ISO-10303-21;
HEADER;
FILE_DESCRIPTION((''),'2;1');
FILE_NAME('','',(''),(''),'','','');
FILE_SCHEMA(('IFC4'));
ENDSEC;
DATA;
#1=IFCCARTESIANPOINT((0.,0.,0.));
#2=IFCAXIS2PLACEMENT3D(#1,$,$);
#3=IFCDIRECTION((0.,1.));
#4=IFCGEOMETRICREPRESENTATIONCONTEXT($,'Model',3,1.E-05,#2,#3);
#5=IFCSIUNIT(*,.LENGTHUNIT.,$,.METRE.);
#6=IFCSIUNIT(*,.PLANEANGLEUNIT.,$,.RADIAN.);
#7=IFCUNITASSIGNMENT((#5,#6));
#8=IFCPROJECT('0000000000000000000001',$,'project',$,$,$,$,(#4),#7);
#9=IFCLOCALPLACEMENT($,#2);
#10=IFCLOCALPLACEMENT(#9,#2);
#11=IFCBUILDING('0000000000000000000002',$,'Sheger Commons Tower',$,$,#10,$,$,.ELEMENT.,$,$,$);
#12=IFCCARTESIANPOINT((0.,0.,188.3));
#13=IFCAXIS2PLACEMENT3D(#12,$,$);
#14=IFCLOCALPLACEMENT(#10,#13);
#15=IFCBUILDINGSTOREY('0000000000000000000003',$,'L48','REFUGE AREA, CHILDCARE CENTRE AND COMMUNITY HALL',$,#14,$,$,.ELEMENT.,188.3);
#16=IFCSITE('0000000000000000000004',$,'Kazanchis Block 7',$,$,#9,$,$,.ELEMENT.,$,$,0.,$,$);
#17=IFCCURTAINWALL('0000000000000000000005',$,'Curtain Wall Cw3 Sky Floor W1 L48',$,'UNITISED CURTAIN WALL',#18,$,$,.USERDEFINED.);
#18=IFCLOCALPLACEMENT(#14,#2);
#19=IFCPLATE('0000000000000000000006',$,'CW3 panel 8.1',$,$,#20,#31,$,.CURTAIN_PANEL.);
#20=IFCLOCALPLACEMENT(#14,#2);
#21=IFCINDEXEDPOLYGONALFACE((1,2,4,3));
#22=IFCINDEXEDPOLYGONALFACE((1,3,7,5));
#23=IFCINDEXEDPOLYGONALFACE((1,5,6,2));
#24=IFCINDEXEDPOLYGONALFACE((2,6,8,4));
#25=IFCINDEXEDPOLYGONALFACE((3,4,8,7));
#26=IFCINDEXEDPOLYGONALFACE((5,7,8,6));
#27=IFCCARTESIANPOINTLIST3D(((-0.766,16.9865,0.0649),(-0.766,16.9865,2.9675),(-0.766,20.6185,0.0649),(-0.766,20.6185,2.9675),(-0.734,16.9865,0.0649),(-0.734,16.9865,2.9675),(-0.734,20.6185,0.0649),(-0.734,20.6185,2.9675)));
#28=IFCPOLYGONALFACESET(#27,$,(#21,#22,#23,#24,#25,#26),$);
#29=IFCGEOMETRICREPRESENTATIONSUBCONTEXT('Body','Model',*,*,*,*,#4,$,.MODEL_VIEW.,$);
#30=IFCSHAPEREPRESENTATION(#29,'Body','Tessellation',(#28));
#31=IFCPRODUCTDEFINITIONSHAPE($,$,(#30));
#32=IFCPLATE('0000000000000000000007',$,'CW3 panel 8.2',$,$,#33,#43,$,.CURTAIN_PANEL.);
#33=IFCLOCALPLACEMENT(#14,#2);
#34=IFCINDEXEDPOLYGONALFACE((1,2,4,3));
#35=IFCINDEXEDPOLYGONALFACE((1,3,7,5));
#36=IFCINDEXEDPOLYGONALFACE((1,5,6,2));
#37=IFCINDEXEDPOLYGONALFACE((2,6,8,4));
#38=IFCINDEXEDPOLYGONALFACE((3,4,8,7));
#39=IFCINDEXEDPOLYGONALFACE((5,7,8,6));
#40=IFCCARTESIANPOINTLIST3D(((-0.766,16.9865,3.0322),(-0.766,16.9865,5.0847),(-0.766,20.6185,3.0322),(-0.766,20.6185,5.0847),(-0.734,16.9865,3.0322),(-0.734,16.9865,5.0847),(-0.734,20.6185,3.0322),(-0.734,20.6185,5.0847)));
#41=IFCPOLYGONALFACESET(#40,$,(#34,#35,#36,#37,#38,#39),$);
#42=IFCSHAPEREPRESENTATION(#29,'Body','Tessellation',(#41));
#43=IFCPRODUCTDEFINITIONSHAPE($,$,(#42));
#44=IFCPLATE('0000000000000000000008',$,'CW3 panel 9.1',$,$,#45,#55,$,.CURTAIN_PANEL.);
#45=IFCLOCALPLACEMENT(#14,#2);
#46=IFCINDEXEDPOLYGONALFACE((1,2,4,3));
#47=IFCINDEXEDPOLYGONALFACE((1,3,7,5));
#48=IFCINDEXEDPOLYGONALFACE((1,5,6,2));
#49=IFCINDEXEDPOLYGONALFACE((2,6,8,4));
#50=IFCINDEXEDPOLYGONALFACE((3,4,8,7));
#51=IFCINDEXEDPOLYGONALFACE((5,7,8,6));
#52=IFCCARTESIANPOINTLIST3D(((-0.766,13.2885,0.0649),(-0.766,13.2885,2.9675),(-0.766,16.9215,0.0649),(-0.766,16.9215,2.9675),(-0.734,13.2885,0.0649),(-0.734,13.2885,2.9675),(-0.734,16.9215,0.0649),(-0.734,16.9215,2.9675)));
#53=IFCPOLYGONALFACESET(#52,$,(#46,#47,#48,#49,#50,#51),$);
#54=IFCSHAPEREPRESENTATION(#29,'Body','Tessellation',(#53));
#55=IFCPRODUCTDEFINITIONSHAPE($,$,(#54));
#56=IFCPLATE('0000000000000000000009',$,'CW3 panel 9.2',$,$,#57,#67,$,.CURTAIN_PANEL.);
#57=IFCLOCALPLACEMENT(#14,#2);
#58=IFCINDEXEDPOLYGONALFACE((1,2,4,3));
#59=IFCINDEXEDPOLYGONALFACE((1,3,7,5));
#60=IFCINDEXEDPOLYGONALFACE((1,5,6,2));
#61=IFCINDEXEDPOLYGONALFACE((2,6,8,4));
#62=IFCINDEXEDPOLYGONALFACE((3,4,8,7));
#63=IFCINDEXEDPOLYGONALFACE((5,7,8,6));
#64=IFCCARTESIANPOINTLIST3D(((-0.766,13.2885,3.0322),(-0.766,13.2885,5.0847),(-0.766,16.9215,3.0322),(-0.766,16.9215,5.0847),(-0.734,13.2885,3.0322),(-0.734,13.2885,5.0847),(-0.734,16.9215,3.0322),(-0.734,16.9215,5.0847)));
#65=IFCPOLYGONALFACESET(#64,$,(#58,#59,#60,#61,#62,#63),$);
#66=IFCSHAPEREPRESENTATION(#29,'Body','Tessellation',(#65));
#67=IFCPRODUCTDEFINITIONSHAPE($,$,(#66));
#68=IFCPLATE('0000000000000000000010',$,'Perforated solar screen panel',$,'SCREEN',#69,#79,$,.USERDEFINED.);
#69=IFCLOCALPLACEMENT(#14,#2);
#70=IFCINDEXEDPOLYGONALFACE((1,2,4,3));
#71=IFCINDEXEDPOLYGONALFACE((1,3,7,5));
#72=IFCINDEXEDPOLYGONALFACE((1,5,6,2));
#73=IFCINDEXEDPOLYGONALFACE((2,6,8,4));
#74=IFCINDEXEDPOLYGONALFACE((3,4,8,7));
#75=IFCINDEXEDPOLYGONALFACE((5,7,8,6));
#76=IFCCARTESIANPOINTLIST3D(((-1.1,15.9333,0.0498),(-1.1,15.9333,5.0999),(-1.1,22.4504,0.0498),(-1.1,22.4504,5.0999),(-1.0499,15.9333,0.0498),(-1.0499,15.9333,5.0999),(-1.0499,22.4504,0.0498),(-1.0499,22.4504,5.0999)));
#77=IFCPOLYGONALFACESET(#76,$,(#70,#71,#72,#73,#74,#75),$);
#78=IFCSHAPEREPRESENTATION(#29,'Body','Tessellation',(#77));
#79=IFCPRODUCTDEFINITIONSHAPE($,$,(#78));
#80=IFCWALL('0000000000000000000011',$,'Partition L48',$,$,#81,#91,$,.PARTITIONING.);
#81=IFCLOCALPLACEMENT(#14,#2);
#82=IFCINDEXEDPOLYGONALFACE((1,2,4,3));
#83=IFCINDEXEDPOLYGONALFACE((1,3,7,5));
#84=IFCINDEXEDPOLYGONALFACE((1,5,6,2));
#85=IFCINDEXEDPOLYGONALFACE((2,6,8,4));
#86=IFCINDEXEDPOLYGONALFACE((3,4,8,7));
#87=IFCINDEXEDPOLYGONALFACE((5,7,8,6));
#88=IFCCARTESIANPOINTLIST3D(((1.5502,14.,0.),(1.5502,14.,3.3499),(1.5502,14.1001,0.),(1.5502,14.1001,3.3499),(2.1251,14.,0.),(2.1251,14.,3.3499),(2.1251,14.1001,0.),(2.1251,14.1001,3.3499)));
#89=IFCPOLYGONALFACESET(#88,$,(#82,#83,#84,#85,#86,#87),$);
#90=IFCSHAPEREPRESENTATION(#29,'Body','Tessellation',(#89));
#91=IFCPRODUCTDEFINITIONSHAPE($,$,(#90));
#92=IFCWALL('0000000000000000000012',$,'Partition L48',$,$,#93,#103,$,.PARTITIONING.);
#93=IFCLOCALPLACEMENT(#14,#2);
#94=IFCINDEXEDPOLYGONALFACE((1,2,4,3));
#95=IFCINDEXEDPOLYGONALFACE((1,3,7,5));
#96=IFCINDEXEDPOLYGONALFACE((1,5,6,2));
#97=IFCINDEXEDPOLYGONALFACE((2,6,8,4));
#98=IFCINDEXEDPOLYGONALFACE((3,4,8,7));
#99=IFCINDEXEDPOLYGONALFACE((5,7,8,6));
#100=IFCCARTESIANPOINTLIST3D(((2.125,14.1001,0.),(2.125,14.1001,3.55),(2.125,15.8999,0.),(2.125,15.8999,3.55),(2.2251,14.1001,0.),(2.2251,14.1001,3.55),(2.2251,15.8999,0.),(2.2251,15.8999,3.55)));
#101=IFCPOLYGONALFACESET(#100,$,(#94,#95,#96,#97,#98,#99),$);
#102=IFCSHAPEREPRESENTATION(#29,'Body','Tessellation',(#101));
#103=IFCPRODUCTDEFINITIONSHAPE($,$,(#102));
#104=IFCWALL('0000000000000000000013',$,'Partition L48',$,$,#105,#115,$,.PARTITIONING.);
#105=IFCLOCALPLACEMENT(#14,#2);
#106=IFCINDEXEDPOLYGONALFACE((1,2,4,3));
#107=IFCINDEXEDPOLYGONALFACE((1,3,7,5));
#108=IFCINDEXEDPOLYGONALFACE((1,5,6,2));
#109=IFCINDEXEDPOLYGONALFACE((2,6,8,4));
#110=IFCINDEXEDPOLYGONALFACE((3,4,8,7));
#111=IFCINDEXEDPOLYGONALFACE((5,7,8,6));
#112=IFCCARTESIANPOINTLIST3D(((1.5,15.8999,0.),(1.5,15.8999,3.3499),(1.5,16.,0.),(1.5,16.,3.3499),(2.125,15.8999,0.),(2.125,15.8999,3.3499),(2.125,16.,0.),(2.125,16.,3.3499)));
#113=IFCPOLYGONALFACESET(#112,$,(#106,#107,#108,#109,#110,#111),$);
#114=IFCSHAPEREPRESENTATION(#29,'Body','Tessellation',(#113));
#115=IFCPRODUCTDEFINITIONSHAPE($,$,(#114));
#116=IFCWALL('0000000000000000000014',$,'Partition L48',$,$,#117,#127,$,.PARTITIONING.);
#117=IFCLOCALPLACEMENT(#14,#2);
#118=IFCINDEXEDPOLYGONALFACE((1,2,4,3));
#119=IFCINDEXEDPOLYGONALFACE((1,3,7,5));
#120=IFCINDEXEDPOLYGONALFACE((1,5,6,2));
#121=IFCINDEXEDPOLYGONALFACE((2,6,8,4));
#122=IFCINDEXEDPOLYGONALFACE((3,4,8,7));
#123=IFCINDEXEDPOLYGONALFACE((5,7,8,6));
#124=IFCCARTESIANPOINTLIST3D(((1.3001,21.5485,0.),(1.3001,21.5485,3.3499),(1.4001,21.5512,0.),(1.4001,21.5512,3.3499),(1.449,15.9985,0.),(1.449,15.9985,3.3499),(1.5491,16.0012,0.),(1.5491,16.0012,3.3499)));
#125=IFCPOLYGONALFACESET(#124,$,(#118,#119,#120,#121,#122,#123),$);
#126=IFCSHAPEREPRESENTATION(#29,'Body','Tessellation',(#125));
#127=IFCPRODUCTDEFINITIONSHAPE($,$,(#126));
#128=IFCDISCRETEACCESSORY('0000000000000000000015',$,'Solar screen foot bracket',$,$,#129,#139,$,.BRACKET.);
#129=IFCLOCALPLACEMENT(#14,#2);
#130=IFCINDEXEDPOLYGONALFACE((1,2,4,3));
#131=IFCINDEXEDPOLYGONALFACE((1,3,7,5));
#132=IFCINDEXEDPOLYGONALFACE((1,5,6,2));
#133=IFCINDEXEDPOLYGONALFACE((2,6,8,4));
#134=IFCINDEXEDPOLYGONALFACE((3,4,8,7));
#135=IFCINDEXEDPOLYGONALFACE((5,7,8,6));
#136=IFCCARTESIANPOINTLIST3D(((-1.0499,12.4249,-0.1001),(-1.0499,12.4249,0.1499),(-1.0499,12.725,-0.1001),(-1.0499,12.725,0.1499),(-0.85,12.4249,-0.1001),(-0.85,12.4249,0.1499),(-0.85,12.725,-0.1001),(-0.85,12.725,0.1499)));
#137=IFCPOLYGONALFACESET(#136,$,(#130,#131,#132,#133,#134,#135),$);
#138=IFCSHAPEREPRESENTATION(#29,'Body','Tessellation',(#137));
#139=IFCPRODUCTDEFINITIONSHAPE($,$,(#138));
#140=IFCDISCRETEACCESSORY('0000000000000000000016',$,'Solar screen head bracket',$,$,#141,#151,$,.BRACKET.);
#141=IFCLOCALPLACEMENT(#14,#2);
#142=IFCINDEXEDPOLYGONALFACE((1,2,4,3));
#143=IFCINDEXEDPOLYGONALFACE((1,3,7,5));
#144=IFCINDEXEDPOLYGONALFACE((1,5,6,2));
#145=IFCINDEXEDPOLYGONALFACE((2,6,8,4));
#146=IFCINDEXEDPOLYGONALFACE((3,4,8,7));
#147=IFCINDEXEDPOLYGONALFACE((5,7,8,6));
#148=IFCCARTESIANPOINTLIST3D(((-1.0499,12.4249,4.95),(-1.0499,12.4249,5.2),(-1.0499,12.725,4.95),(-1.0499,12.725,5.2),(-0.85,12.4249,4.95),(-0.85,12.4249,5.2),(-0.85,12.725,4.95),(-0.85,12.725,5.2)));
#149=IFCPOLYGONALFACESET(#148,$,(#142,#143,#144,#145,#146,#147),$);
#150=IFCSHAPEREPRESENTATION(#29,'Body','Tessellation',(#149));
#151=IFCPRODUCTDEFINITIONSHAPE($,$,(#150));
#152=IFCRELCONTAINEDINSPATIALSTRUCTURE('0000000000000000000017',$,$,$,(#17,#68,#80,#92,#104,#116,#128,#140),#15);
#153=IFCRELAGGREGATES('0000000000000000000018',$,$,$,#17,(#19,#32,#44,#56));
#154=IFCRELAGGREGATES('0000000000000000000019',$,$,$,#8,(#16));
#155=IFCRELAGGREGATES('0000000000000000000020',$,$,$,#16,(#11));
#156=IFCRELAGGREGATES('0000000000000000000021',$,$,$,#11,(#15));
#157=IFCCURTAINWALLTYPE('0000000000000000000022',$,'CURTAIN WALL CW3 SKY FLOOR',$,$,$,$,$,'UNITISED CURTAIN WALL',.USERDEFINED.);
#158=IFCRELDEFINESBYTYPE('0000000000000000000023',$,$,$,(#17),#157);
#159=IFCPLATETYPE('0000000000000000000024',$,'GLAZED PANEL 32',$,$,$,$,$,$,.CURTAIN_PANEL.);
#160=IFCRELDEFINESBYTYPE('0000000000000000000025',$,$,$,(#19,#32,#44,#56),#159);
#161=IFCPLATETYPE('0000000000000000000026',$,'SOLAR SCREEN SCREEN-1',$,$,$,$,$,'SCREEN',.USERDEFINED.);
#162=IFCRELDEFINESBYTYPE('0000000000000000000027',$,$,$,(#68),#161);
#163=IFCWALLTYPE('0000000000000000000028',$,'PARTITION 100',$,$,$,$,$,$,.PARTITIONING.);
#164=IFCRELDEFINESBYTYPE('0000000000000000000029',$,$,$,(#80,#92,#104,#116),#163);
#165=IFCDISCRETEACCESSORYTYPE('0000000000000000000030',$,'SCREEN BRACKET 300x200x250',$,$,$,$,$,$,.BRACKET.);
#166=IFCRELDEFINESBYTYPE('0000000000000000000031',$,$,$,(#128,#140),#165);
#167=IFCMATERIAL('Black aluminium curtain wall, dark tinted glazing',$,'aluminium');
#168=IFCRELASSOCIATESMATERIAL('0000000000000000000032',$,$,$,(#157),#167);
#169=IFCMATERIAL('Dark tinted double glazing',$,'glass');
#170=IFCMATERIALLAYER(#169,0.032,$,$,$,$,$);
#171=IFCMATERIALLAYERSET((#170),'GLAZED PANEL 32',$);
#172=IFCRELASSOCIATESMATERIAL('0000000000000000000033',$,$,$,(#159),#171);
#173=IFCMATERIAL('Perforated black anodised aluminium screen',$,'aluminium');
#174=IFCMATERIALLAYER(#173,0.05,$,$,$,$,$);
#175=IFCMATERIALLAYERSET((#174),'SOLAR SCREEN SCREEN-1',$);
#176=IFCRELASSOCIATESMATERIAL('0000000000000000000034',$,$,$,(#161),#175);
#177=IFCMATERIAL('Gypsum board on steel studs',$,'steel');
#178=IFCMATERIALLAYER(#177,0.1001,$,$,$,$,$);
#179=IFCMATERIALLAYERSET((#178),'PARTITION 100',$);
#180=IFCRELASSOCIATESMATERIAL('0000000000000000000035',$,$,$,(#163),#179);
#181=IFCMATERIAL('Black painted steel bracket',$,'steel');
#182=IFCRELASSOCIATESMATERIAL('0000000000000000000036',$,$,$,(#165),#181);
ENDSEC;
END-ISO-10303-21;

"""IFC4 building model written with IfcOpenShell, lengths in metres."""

from ifc_helpers import new_model, si_unit, direction, frame, frame_2d, origin, origin_2d, place, context, subcontext, project, spatial, rectangle, extrude, material, layer, layer_set, type_object, element, aggregate, save


model = new_model("IFC4")

# Units and contexts
model_context = context("Model", 3, precision=1e-05, world=origin(), true_north=direction((0.0, 1.0)))
body_context = subcontext(model_context, "Body", "Model", "MODEL_VIEW")
ifc_project = project(units=[si_unit("LENGTHUNIT", "METRE"), si_unit("PLANEANGLEUNIT", "RADIAN")], contexts=[model_context])

# Site, building, storey
site_placement = place(None, origin())
site = spatial("IfcSite", under=ifc_project, at=site_placement, Name="Kazanchis Block 7", CompositionType="ELEMENT", RefElevation=0.0)
building_placement = place(site_placement, origin())
building = spatial("IfcBuilding", under=site, at=building_placement, Name="Sheger Commons Tower", CompositionType="ELEMENT")
storey_placement = place(building_placement, frame((0.0, 0.0, 188.3)))
storey = spatial("IfcBuildingStorey", under=building, at=storey_placement, Name="L48", Description="REFUGE AREA, CHILDCARE CENTRE AND COMMUNITY HALL", CompositionType="ELEMENT", Elevation=188.3)

# Curtain wall
ifc_material_1 = material(Name="Black aluminium curtain wall, dark tinted glazing", Category="aluminium")
curtain_wall_type = type_object("IfcCurtainWallType", Name="CURTAIN WALL CW3 SKY FLOOR", ElementType="UNITISED CURTAIN WALL", PredefinedType="USERDEFINED", material=ifc_material_1)
curtain_wall_placement = place(storey_placement, origin())
curtain_wall = element("IfcCurtainWall", 1, at=curtain_wall_placement, inside=storey, type_object=curtain_wall_type, Name="Curtain Wall Cw3 Sky Floor W1 L48", ObjectType="UNITISED CURTAIN WALL", PredefinedType="USERDEFINED")

# Plates
ifc_material_2 = material(Name="Dark tinted double glazing", Category="glass")
ifc_layer_1 = layer(ifc_material_2, 0.032)
ifc_layer_set_1 = layer_set([ifc_layer_1], Name="GLAZED PANEL 32")
plate_type_1 = type_object("IfcPlateType", Name="GLAZED PANEL 32", PredefinedType="CURTAIN_PANEL", material=ifc_layer_set_1)
plate_1_placement = place(storey_placement, frame((-0.75, 18.8025, 0.0649), z_axis=(0.0, 0.0, 1.0), x_axis=(0.0, -1.0, 0.0)))
plate_1 = element("IfcPlate", 2, at=plate_1_placement, type_object=plate_type_1, Name="CW3 panel 8.1", PredefinedType="CURTAIN_PANEL", context=body_context, shape_type="SweptSolid", body=[
    extrude(rectangle(XDim=3.6321, YDim=0.032, at=origin_2d()), origin(), (0.0, 0.0, 1.0), 2.9026),
])
plate_2_placement = place(storey_placement, frame((-0.75, 18.8025, 3.0322), z_axis=(0.0, 0.0, 1.0), x_axis=(0.0, -1.0, 0.0)))
plate_2 = element("IfcPlate", 3, at=plate_2_placement, type_object=plate_type_1, Name="CW3 panel 8.2", PredefinedType="CURTAIN_PANEL", context=body_context, shape_type="SweptSolid", body=[
    extrude(rectangle(XDim=3.6321, YDim=0.032, at=origin_2d()), origin(), (0.0, 0.0, 1.0), 2.0525),
])
plate_3_placement = place(storey_placement, frame((-0.75, 15.105, 0.0649), z_axis=(0.0, 0.0, 1.0), x_axis=(0.0, -1.0, 0.0)))
plate_3 = element("IfcPlate", 4, at=plate_3_placement, type_object=plate_type_1, Name="CW3 panel 9.1", PredefinedType="CURTAIN_PANEL", context=body_context, shape_type="SweptSolid", body=[
    extrude(rectangle(XDim=3.6331, YDim=0.032, at=origin_2d()), origin(), (0.0, 0.0, 1.0), 2.9026),
])
plate_4_placement = place(storey_placement, frame((-0.75, 15.105, 3.0322), z_axis=(0.0, 0.0, 1.0), x_axis=(0.0, -1.0, 0.0)))
plate_4 = element("IfcPlate", 5, at=plate_4_placement, type_object=plate_type_1, Name="CW3 panel 9.2", PredefinedType="CURTAIN_PANEL", context=body_context, shape_type="SweptSolid", body=[
    extrude(rectangle(XDim=3.6331, YDim=0.032, at=origin_2d()), origin(), (0.0, 0.0, 1.0), 2.0525),
])
aggregate(curtain_wall, [plate_1, plate_2, plate_3, plate_4])
ifc_material_3 = material(Name="Perforated black anodised aluminium screen", Category="aluminium")
ifc_layer_2 = layer(ifc_material_3, 0.05)
ifc_layer_set_2 = layer_set([ifc_layer_2], Name="SOLAR SCREEN SCREEN-1")
plate_type_2 = type_object("IfcPlateType", Name="SOLAR SCREEN SCREEN-1", ElementType="SCREEN", PredefinedType="USERDEFINED", material=ifc_layer_set_2)
plate_5_placement = place(storey_placement, frame((-1.075, 19.1919, 0.0498), z_axis=(0.0, 0.0, 1.0), x_axis=(0.0, -1.0, 0.0)))
element("IfcPlate", 6, at=plate_5_placement, inside=storey, type_object=plate_type_2, Name="Perforated solar screen panel", ObjectType="SCREEN", PredefinedType="USERDEFINED", context=body_context, shape_type="SweptSolid", body=[
    extrude(rectangle(XDim=6.5171, YDim=0.05, at=origin_2d()), origin(), (0.0, 0.0, 1.0), 5.05),
])

# Walls
ifc_material_4 = material(Name="Gypsum board on steel studs", Category="steel")
ifc_layer_3 = layer(ifc_material_4, 0.1001)
ifc_layer_set_3 = layer_set([ifc_layer_3], Name="PARTITION 100")
wall_type = type_object("IfcWallType", Name="PARTITION 100", PredefinedType="PARTITIONING", material=ifc_layer_set_3)
wall_1_placement = place(storey_placement, frame((1.55, 14.05, 0.0), z_axis=(0.0, 0.0, 1.0), x_axis=(1.0, 0.0, 0.0)))
element("IfcWall", 7, at=wall_1_placement, inside=storey, type_object=wall_type, Name="Partition L48", PredefinedType="PARTITIONING", context=body_context, shape_type="SweptSolid", body=[
    extrude(rectangle(XDim=0.575, YDim=0.1001, at=frame_2d((0.2876, 0.0))), origin(), (0.0, 0.0, 1.0), 3.3499),
])
wall_2_placement = place(storey_placement, frame((2.175, 14.1001, 0.0), z_axis=(0.0, 0.0, 1.0), x_axis=(0.0, 1.0, 0.0)))
element("IfcWall", 8, at=wall_2_placement, inside=storey, type_object=wall_type, Name="Partition L48", PredefinedType="PARTITIONING", context=body_context, shape_type="SweptSolid", body=[
    extrude(rectangle(XDim=1.7998, YDim=0.1001, at=frame_2d((0.8999, 0.0))), origin(), (0.0, 0.0, 1.0), 3.55),
])
wall_3_placement = place(storey_placement, frame((2.125, 15.95, 0.0), z_axis=(0.0, 0.0, 1.0), x_axis=(-1.0, 0.0, 0.0)))
element("IfcWall", 9, at=wall_3_placement, inside=storey, type_object=wall_type, Name="Partition L48", PredefinedType="PARTITIONING", context=body_context, shape_type="SweptSolid", body=[
    extrude(rectangle(XDim=0.625, YDim=0.1001, at=frame_2d((0.3125, 0.0))), origin(), (0.0, 0.0, 1.0), 3.3499),
])
wall_4_placement = place(storey_placement, frame((1.499, 16.0, 0.0), z_axis=(0.0, 0.0, 1.0), x_axis=(-0.026824, 0.99964, 0.0)))
element("IfcWall", 10, at=wall_4_placement, inside=storey, type_object=wall_type, Name="Partition L48", PredefinedType="PARTITIONING", context=body_context, shape_type="SweptSolid", body=[
    extrude(rectangle(XDim=5.552, YDim=0.1001, at=frame_2d((2.7759, 0.0))), origin(), (0.0, 0.0, 1.0), 3.3499),
])

# Discrete accessories
ifc_material_5 = material(Name="Black painted steel bracket", Category="steel")
discrete_accessory_type = type_object("IfcDiscreteAccessoryType", Name="SCREEN BRACKET 300x200x250", PredefinedType="BRACKET", material=ifc_material_5)
for number, where, z_axis, x_axis, name in (
    (11, (-0.95, 12.575, -0.1001), (0.0, 0.0, 1.0), (0.0, -1.0, 0.0), "Solar screen foot bracket"),
    (12, (-0.95, 12.575, 4.95), (0.0, 0.0, 1.0), (0.0, -1.0, 0.0), "Solar screen head bracket"),
):
    element("IfcDiscreteAccessory", number, at=place(storey_placement, frame(where, z_axis=z_axis, x_axis=x_axis)), inside=storey, type_object=discrete_accessory_type, Name=name, PredefinedType="BRACKET", context=body_context, shape_type="SweptSolid", body=[
        extrude(rectangle(XDim=0.3, YDim=0.2, at=origin_2d()), origin(), (0.0, 0.0, 1.0), 0.25),
    ])

save(model, "model.ifc")
